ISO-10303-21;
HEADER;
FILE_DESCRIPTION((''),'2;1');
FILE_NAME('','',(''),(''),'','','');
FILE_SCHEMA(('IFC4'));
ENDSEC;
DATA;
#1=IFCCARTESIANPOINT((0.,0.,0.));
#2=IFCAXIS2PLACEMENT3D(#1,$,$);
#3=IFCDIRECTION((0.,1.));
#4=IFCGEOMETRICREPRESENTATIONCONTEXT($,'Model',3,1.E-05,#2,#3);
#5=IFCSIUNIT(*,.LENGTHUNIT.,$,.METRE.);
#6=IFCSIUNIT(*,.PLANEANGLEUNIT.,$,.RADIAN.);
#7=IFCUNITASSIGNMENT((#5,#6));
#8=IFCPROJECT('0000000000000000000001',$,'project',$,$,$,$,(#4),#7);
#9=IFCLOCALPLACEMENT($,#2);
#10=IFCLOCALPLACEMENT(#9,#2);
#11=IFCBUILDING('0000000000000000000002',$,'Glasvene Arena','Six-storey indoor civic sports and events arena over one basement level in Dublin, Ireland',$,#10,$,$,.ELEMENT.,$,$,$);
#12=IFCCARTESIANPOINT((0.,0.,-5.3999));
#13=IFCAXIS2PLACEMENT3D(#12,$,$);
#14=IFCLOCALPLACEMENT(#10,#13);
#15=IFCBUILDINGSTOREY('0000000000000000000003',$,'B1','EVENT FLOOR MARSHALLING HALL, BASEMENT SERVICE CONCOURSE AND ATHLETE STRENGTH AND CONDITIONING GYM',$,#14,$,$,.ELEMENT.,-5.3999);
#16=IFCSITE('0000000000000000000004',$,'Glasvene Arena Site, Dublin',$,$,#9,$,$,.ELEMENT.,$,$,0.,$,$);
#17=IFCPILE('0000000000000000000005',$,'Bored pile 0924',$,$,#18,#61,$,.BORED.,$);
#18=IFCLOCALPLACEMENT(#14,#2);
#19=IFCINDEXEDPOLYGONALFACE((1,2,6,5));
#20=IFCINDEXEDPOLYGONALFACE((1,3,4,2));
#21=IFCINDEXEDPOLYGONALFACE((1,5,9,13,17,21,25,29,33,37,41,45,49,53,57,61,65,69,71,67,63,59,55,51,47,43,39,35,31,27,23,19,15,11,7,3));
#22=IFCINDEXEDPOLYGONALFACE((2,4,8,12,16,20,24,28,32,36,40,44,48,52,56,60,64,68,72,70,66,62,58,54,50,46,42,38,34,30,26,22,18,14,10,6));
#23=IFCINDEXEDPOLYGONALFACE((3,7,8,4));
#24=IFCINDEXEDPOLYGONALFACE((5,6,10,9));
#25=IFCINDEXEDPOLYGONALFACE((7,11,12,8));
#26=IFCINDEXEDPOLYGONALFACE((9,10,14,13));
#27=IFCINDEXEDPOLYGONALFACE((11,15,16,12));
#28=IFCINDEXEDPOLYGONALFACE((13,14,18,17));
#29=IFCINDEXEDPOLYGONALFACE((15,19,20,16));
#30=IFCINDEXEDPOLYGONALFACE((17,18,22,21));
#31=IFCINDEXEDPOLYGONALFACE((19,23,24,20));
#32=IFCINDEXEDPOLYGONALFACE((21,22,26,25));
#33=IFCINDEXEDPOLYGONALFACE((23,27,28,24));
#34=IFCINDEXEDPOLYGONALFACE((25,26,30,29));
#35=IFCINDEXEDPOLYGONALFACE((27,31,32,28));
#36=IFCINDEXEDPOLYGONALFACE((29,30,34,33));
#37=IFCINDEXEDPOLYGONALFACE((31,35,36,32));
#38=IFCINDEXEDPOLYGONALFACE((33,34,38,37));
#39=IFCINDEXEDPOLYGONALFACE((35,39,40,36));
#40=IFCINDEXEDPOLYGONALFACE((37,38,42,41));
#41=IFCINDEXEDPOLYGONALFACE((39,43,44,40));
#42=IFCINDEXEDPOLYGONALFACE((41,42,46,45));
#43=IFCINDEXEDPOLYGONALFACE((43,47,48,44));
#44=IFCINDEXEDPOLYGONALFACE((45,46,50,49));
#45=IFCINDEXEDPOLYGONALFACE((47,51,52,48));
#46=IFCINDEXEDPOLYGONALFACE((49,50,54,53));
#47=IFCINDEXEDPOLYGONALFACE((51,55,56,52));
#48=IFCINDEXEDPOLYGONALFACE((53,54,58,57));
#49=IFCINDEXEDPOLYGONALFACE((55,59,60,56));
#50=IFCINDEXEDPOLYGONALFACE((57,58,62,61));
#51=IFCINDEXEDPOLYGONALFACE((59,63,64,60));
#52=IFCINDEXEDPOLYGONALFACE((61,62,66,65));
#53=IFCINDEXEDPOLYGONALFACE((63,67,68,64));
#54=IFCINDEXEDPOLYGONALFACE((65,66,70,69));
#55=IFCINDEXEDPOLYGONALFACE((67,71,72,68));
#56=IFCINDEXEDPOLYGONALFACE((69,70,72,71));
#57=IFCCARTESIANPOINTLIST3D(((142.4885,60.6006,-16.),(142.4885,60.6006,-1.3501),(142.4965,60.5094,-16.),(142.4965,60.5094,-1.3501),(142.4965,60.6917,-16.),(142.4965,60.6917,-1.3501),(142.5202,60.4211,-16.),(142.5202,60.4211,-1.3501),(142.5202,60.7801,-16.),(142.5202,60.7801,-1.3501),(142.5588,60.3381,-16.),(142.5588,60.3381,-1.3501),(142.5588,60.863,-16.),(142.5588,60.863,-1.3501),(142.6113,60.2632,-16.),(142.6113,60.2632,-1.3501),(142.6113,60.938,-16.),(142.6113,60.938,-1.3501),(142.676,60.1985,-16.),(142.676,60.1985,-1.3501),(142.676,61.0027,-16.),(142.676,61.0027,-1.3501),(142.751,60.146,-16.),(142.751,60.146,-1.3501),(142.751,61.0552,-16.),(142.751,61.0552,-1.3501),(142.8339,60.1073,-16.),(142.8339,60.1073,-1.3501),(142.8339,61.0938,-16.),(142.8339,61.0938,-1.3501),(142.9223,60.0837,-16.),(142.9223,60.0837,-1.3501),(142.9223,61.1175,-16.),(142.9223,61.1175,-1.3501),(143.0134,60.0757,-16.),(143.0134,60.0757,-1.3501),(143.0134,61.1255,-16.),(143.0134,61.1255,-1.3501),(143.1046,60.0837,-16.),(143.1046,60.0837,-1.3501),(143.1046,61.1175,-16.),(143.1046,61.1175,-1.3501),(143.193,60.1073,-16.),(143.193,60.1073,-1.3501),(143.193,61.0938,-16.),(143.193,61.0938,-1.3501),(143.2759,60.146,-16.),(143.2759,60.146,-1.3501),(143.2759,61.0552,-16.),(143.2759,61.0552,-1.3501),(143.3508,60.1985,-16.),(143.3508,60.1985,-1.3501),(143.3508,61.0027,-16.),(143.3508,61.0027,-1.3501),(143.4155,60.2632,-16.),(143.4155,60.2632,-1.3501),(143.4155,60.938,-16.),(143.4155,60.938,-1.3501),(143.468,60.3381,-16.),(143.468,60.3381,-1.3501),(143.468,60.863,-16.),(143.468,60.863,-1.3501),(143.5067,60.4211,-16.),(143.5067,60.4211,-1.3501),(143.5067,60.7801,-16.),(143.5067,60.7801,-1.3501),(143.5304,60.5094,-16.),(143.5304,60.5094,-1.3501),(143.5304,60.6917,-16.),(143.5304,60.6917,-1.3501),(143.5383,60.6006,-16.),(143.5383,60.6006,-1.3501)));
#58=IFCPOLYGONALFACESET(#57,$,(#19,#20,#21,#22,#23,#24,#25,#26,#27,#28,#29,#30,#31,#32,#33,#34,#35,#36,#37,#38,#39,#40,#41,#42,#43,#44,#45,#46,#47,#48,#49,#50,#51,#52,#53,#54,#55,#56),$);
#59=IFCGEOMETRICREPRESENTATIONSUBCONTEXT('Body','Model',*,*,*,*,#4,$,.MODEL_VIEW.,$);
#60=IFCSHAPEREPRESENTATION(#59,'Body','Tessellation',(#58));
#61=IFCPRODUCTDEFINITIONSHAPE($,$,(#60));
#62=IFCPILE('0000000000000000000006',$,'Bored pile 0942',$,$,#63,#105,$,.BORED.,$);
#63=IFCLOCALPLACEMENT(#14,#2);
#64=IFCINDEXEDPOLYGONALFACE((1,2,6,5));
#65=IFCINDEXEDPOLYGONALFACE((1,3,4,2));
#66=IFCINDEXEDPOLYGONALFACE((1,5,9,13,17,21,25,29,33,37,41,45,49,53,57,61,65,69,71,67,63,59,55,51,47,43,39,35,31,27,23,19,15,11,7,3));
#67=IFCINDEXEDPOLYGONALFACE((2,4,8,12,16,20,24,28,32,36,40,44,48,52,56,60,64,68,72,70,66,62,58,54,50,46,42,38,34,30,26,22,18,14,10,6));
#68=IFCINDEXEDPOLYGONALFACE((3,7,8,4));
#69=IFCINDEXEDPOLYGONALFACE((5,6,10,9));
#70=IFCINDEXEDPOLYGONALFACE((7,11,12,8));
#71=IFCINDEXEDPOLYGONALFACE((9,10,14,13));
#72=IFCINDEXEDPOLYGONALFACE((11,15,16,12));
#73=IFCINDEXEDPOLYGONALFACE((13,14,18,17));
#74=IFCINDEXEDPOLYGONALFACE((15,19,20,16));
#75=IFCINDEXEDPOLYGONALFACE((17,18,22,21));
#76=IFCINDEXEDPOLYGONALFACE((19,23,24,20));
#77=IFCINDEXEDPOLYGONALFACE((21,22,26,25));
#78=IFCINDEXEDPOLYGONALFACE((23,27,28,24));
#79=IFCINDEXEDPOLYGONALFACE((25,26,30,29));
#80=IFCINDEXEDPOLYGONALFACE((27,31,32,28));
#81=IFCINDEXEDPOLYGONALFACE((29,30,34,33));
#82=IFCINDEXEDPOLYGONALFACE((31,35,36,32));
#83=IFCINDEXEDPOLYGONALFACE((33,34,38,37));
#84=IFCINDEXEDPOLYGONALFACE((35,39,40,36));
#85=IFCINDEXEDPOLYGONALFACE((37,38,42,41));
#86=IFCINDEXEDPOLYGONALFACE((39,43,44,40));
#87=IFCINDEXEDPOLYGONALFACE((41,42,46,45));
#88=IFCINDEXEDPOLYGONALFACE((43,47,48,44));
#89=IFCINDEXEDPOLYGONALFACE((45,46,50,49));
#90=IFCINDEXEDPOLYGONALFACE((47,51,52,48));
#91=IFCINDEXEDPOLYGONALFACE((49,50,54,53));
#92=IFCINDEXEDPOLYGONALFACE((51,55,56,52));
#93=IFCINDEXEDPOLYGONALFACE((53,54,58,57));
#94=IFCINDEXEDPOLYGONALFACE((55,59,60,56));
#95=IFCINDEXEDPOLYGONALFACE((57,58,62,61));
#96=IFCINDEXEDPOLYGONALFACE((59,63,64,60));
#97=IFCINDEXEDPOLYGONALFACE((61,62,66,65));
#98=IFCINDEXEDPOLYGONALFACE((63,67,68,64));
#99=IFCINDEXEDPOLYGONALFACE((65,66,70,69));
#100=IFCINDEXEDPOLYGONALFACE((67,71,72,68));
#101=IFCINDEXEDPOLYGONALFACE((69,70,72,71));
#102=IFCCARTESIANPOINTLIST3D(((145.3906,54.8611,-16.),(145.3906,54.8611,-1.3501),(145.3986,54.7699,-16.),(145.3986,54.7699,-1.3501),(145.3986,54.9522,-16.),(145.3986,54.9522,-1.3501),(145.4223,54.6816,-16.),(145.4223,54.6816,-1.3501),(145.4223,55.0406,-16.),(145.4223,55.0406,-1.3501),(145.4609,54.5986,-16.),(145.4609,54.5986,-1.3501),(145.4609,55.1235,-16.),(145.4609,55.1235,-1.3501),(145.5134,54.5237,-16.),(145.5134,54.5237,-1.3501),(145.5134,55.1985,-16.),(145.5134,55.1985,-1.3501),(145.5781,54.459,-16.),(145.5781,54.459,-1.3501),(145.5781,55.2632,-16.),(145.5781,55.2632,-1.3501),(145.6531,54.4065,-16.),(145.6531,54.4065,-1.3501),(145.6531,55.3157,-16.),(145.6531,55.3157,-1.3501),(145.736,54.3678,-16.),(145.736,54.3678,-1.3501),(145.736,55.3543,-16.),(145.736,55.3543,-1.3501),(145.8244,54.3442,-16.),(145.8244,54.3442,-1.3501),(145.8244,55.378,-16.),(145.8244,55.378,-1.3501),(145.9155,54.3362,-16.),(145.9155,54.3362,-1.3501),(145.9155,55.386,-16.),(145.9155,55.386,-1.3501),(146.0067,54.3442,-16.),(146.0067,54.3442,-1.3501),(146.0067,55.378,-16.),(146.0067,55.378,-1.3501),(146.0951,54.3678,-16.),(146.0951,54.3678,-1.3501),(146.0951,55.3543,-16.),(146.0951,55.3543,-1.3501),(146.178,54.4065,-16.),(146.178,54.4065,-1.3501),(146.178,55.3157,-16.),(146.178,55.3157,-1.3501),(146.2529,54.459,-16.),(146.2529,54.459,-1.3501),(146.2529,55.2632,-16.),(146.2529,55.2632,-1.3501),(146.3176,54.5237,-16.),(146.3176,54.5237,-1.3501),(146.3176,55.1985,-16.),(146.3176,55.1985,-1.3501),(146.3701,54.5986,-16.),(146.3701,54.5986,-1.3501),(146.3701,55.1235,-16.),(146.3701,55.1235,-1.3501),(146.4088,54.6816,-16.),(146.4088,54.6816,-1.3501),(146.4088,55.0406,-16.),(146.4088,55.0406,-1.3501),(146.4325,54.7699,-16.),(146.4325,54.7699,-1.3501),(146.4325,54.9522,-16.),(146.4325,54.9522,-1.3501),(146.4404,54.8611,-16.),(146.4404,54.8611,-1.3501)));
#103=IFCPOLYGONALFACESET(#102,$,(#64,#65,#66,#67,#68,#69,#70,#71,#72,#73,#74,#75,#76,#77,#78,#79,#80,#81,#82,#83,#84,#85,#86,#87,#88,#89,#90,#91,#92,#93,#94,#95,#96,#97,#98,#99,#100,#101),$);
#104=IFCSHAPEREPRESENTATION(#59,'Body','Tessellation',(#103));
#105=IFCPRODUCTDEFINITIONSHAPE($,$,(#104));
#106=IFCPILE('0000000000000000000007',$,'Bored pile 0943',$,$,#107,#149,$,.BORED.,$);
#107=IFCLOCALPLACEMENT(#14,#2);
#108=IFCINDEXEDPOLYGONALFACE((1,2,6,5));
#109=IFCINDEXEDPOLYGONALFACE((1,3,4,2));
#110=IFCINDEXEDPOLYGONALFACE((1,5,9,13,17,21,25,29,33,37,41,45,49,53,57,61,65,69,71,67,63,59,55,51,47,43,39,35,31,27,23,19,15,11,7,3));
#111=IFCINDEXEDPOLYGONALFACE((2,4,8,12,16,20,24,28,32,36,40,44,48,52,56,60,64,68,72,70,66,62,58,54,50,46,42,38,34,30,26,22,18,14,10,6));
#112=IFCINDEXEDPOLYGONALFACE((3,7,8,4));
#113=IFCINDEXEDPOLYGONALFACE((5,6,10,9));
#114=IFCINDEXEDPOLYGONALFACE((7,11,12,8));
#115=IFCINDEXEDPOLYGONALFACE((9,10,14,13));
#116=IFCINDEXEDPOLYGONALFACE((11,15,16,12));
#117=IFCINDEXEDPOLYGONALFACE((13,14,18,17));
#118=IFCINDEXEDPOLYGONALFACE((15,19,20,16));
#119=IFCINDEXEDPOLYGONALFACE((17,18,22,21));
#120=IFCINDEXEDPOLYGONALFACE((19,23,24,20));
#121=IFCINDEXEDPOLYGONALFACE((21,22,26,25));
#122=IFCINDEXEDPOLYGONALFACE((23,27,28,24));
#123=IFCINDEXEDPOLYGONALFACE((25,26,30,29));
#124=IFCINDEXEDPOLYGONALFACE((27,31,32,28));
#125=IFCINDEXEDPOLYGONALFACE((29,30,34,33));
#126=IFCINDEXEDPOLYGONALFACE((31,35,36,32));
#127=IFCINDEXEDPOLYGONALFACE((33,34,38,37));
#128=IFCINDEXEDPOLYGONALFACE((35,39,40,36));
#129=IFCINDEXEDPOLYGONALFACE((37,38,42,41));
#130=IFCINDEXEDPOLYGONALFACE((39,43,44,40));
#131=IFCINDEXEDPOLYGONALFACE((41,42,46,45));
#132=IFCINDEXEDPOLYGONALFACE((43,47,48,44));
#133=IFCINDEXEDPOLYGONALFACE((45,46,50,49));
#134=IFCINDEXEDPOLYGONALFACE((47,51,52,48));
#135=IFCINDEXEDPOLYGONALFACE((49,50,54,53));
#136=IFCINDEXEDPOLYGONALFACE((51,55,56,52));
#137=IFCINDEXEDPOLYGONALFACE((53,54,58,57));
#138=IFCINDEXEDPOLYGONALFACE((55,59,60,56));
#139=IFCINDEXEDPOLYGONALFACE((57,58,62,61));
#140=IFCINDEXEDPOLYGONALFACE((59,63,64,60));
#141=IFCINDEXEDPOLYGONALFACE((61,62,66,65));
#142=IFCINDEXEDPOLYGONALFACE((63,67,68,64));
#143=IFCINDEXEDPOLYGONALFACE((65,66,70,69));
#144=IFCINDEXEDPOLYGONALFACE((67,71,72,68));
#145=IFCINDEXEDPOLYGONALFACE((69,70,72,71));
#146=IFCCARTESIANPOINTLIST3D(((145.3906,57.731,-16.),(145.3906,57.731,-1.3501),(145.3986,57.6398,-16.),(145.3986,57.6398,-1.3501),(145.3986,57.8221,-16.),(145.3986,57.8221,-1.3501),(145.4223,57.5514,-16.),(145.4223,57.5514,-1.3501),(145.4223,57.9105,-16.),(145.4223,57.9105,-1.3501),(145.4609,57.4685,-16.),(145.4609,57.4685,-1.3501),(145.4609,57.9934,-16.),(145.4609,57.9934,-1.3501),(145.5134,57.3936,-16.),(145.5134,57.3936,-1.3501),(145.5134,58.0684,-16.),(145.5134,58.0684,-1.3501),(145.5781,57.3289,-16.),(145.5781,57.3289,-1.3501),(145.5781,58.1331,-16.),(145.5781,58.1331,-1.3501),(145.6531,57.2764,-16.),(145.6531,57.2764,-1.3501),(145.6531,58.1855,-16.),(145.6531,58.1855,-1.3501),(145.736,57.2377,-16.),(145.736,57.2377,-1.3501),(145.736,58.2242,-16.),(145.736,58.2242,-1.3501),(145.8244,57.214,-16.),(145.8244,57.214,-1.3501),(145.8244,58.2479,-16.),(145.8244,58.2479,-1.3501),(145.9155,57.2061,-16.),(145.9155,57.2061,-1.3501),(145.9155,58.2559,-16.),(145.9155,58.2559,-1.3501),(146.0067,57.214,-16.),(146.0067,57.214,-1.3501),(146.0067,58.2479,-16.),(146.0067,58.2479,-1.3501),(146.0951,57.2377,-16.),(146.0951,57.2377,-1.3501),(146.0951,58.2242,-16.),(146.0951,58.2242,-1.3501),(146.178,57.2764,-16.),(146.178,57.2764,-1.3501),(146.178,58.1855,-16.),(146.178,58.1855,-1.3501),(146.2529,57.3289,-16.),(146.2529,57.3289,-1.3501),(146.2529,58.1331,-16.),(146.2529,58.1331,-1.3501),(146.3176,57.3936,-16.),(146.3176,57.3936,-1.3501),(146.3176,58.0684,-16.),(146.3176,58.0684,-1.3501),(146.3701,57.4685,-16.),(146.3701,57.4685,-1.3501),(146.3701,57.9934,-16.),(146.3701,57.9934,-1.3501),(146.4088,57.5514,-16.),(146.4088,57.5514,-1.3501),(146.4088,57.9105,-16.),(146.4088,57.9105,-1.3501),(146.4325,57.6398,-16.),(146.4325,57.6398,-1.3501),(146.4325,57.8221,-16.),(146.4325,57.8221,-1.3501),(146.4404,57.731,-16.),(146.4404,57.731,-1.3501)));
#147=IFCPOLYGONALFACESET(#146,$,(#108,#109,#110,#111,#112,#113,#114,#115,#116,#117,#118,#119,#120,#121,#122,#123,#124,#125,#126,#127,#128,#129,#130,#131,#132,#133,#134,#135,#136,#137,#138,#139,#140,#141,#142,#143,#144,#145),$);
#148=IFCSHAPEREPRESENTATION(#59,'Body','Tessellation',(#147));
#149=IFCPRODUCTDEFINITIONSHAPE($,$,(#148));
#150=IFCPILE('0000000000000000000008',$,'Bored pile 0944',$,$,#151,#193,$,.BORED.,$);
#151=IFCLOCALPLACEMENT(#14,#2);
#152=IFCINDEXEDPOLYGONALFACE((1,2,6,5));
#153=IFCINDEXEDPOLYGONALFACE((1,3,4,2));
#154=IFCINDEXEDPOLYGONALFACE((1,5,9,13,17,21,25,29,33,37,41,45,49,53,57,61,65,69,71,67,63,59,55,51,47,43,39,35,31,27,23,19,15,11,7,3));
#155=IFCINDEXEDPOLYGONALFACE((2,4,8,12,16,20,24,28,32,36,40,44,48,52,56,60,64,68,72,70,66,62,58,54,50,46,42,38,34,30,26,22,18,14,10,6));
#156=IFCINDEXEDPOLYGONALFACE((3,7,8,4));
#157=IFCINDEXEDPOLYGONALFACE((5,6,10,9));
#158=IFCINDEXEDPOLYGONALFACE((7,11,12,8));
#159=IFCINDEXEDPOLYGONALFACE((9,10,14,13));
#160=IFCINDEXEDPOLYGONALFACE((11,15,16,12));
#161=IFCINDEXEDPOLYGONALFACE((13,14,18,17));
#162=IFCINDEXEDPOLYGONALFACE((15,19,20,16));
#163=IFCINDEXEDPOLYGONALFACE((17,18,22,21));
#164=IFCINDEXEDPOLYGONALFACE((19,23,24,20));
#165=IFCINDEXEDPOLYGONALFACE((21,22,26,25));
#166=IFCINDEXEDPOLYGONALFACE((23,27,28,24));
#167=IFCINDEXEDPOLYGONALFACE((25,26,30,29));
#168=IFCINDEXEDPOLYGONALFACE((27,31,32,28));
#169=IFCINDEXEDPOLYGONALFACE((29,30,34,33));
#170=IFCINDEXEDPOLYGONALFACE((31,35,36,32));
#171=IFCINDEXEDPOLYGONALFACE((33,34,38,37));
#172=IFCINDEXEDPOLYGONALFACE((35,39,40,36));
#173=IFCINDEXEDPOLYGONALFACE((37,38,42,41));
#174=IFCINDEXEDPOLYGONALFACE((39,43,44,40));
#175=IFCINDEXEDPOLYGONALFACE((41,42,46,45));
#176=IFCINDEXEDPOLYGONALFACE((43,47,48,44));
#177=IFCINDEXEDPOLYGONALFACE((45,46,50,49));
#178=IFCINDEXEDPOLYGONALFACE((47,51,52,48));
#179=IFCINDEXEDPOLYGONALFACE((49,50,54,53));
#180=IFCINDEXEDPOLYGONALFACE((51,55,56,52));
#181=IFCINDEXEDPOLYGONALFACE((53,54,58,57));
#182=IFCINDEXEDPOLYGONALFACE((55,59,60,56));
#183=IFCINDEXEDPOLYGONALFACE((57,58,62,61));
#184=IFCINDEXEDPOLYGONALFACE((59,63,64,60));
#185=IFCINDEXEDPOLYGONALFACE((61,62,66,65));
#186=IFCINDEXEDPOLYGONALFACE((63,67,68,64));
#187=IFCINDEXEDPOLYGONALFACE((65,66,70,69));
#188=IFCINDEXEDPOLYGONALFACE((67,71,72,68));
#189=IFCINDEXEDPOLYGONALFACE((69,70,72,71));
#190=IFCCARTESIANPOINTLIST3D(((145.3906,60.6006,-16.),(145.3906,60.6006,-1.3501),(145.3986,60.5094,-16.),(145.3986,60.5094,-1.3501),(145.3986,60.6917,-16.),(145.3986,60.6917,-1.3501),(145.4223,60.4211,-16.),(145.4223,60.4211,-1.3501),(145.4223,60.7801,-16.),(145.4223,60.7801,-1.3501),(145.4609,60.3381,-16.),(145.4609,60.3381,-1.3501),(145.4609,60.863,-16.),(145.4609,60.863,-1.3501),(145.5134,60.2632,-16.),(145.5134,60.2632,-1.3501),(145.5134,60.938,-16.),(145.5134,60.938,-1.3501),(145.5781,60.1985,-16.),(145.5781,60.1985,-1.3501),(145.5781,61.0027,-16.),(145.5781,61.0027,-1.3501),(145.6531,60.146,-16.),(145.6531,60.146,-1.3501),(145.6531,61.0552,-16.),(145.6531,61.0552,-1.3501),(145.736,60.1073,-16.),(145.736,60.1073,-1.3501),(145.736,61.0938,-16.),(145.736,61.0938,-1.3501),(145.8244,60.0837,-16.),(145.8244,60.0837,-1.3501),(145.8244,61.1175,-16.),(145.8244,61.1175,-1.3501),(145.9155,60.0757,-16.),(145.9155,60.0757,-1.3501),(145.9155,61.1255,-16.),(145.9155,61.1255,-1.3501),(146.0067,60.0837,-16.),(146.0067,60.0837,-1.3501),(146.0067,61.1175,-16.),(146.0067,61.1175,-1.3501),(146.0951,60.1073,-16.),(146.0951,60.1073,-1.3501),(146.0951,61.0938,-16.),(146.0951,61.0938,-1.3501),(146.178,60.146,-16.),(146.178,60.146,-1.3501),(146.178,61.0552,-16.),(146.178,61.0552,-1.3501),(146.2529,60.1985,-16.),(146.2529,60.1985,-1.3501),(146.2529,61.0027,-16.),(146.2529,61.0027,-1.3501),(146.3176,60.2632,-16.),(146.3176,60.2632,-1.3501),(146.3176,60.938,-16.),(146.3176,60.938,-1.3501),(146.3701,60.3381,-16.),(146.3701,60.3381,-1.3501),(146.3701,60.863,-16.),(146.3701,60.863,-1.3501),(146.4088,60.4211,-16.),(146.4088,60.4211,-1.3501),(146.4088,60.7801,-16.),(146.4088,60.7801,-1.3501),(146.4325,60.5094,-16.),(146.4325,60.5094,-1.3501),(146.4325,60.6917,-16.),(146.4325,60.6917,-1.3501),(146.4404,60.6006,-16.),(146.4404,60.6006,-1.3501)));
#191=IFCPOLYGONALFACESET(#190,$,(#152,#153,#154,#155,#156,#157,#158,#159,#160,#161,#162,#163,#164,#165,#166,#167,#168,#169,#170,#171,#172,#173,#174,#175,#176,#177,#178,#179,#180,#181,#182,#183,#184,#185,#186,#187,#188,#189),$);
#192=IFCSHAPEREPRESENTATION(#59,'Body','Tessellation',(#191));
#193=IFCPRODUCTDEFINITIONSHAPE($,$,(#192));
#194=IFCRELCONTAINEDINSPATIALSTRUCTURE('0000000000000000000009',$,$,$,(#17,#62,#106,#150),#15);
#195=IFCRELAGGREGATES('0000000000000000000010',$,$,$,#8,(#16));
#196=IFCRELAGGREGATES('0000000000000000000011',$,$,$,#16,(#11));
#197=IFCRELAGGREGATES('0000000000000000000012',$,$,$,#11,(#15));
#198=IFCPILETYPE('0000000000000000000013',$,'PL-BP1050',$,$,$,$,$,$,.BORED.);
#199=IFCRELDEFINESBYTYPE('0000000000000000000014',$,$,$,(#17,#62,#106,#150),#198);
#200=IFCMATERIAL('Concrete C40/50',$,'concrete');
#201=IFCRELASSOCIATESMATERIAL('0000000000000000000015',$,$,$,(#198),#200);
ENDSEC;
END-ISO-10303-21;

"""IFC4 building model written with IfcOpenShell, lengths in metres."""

from ifc_helpers import new_model, si_unit, direction, frame, origin, origin_2d, place, context, subcontext, project, spatial, circle, extrude, material, material_profile, profile_set, type_object, element, save


model = new_model("IFC4")

# Units and contexts
model_context = context("Model", 3, precision=1e-05, world=origin(), true_north=direction((0.0, 1.0)))
body_context = subcontext(model_context, "Body", "Model", "MODEL_VIEW")
ifc_project = project(units=[si_unit("LENGTHUNIT", "METRE"), si_unit("PLANEANGLEUNIT", "RADIAN")], contexts=[model_context])

# Site, building, storey
site_placement = place(None, origin())
site = spatial("IfcSite", under=ifc_project, at=site_placement, Name="Glasvene Arena Site, Dublin", CompositionType="ELEMENT", RefElevation=0.0)
building_placement = place(site_placement, origin())
building = spatial("IfcBuilding", under=site, at=building_placement, Name="Glasvene Arena", Description="Six-storey indoor civic sports and events arena over one basement level in Dublin, Ireland", CompositionType="ELEMENT")
storey_placement = place(building_placement, frame((0.0, 0.0, -5.3999)))
storey = spatial("IfcBuildingStorey", under=building, at=storey_placement, Name="B1", Description="EVENT FLOOR MARSHALLING HALL, BASEMENT SERVICE CONCOURSE AND ATHLETE STRENGTH AND CONDITIONING GYM", CompositionType="ELEMENT", Elevation=-5.3999)

# Piles
ifc_material_1 = material(Name="Concrete C40/50", Category="concrete")
ifc_material_profile_1 = material_profile(ifc_material_1, circle(Radius=0.5249, at=origin_2d()), Name="BORED PILE 1050")
ifc_profile_set_1 = profile_set([ifc_material_profile_1], Name="Concrete C40/50")
pile_type = type_object("IfcPileType", Name="PL-BP1050", PredefinedType="BORED", material=ifc_profile_set_1)
for number, where, z_axis, x_axis, name in (
    (1, (143.0134, 60.6006, -1.3501), (0.0, 0.0, -1.0), (1.0, 0.0, 0.0), "Bored pile 0924"),
    (2, (145.9155, 54.8611, -1.3501), (0.0, 0.0, -1.0), (1.0, 0.0, 0.0), "Bored pile 0942"),
    (3, (145.9155, 57.731, -1.3501), (0.0, 0.0, -1.0), (1.0, 0.0, 0.0), "Bored pile 0943"),
    (4, (145.9155, 60.6006, -1.3501), (0.0, 0.0, -1.0), (1.0, 0.0, 0.0), "Bored pile 0944"),
):
    element("IfcPile", number, at=place(storey_placement, frame(where, z_axis=z_axis, x_axis=x_axis)), inside=storey, type_object=pile_type, Name=name, PredefinedType="BORED", context=body_context, shape_type="SweptSolid", body=[
        extrude(circle(Radius=0.5249, at=origin_2d()), origin(), (0.0, 0.0, 1.0), 14.6499),
    ])

save(model, "model.ifc")
